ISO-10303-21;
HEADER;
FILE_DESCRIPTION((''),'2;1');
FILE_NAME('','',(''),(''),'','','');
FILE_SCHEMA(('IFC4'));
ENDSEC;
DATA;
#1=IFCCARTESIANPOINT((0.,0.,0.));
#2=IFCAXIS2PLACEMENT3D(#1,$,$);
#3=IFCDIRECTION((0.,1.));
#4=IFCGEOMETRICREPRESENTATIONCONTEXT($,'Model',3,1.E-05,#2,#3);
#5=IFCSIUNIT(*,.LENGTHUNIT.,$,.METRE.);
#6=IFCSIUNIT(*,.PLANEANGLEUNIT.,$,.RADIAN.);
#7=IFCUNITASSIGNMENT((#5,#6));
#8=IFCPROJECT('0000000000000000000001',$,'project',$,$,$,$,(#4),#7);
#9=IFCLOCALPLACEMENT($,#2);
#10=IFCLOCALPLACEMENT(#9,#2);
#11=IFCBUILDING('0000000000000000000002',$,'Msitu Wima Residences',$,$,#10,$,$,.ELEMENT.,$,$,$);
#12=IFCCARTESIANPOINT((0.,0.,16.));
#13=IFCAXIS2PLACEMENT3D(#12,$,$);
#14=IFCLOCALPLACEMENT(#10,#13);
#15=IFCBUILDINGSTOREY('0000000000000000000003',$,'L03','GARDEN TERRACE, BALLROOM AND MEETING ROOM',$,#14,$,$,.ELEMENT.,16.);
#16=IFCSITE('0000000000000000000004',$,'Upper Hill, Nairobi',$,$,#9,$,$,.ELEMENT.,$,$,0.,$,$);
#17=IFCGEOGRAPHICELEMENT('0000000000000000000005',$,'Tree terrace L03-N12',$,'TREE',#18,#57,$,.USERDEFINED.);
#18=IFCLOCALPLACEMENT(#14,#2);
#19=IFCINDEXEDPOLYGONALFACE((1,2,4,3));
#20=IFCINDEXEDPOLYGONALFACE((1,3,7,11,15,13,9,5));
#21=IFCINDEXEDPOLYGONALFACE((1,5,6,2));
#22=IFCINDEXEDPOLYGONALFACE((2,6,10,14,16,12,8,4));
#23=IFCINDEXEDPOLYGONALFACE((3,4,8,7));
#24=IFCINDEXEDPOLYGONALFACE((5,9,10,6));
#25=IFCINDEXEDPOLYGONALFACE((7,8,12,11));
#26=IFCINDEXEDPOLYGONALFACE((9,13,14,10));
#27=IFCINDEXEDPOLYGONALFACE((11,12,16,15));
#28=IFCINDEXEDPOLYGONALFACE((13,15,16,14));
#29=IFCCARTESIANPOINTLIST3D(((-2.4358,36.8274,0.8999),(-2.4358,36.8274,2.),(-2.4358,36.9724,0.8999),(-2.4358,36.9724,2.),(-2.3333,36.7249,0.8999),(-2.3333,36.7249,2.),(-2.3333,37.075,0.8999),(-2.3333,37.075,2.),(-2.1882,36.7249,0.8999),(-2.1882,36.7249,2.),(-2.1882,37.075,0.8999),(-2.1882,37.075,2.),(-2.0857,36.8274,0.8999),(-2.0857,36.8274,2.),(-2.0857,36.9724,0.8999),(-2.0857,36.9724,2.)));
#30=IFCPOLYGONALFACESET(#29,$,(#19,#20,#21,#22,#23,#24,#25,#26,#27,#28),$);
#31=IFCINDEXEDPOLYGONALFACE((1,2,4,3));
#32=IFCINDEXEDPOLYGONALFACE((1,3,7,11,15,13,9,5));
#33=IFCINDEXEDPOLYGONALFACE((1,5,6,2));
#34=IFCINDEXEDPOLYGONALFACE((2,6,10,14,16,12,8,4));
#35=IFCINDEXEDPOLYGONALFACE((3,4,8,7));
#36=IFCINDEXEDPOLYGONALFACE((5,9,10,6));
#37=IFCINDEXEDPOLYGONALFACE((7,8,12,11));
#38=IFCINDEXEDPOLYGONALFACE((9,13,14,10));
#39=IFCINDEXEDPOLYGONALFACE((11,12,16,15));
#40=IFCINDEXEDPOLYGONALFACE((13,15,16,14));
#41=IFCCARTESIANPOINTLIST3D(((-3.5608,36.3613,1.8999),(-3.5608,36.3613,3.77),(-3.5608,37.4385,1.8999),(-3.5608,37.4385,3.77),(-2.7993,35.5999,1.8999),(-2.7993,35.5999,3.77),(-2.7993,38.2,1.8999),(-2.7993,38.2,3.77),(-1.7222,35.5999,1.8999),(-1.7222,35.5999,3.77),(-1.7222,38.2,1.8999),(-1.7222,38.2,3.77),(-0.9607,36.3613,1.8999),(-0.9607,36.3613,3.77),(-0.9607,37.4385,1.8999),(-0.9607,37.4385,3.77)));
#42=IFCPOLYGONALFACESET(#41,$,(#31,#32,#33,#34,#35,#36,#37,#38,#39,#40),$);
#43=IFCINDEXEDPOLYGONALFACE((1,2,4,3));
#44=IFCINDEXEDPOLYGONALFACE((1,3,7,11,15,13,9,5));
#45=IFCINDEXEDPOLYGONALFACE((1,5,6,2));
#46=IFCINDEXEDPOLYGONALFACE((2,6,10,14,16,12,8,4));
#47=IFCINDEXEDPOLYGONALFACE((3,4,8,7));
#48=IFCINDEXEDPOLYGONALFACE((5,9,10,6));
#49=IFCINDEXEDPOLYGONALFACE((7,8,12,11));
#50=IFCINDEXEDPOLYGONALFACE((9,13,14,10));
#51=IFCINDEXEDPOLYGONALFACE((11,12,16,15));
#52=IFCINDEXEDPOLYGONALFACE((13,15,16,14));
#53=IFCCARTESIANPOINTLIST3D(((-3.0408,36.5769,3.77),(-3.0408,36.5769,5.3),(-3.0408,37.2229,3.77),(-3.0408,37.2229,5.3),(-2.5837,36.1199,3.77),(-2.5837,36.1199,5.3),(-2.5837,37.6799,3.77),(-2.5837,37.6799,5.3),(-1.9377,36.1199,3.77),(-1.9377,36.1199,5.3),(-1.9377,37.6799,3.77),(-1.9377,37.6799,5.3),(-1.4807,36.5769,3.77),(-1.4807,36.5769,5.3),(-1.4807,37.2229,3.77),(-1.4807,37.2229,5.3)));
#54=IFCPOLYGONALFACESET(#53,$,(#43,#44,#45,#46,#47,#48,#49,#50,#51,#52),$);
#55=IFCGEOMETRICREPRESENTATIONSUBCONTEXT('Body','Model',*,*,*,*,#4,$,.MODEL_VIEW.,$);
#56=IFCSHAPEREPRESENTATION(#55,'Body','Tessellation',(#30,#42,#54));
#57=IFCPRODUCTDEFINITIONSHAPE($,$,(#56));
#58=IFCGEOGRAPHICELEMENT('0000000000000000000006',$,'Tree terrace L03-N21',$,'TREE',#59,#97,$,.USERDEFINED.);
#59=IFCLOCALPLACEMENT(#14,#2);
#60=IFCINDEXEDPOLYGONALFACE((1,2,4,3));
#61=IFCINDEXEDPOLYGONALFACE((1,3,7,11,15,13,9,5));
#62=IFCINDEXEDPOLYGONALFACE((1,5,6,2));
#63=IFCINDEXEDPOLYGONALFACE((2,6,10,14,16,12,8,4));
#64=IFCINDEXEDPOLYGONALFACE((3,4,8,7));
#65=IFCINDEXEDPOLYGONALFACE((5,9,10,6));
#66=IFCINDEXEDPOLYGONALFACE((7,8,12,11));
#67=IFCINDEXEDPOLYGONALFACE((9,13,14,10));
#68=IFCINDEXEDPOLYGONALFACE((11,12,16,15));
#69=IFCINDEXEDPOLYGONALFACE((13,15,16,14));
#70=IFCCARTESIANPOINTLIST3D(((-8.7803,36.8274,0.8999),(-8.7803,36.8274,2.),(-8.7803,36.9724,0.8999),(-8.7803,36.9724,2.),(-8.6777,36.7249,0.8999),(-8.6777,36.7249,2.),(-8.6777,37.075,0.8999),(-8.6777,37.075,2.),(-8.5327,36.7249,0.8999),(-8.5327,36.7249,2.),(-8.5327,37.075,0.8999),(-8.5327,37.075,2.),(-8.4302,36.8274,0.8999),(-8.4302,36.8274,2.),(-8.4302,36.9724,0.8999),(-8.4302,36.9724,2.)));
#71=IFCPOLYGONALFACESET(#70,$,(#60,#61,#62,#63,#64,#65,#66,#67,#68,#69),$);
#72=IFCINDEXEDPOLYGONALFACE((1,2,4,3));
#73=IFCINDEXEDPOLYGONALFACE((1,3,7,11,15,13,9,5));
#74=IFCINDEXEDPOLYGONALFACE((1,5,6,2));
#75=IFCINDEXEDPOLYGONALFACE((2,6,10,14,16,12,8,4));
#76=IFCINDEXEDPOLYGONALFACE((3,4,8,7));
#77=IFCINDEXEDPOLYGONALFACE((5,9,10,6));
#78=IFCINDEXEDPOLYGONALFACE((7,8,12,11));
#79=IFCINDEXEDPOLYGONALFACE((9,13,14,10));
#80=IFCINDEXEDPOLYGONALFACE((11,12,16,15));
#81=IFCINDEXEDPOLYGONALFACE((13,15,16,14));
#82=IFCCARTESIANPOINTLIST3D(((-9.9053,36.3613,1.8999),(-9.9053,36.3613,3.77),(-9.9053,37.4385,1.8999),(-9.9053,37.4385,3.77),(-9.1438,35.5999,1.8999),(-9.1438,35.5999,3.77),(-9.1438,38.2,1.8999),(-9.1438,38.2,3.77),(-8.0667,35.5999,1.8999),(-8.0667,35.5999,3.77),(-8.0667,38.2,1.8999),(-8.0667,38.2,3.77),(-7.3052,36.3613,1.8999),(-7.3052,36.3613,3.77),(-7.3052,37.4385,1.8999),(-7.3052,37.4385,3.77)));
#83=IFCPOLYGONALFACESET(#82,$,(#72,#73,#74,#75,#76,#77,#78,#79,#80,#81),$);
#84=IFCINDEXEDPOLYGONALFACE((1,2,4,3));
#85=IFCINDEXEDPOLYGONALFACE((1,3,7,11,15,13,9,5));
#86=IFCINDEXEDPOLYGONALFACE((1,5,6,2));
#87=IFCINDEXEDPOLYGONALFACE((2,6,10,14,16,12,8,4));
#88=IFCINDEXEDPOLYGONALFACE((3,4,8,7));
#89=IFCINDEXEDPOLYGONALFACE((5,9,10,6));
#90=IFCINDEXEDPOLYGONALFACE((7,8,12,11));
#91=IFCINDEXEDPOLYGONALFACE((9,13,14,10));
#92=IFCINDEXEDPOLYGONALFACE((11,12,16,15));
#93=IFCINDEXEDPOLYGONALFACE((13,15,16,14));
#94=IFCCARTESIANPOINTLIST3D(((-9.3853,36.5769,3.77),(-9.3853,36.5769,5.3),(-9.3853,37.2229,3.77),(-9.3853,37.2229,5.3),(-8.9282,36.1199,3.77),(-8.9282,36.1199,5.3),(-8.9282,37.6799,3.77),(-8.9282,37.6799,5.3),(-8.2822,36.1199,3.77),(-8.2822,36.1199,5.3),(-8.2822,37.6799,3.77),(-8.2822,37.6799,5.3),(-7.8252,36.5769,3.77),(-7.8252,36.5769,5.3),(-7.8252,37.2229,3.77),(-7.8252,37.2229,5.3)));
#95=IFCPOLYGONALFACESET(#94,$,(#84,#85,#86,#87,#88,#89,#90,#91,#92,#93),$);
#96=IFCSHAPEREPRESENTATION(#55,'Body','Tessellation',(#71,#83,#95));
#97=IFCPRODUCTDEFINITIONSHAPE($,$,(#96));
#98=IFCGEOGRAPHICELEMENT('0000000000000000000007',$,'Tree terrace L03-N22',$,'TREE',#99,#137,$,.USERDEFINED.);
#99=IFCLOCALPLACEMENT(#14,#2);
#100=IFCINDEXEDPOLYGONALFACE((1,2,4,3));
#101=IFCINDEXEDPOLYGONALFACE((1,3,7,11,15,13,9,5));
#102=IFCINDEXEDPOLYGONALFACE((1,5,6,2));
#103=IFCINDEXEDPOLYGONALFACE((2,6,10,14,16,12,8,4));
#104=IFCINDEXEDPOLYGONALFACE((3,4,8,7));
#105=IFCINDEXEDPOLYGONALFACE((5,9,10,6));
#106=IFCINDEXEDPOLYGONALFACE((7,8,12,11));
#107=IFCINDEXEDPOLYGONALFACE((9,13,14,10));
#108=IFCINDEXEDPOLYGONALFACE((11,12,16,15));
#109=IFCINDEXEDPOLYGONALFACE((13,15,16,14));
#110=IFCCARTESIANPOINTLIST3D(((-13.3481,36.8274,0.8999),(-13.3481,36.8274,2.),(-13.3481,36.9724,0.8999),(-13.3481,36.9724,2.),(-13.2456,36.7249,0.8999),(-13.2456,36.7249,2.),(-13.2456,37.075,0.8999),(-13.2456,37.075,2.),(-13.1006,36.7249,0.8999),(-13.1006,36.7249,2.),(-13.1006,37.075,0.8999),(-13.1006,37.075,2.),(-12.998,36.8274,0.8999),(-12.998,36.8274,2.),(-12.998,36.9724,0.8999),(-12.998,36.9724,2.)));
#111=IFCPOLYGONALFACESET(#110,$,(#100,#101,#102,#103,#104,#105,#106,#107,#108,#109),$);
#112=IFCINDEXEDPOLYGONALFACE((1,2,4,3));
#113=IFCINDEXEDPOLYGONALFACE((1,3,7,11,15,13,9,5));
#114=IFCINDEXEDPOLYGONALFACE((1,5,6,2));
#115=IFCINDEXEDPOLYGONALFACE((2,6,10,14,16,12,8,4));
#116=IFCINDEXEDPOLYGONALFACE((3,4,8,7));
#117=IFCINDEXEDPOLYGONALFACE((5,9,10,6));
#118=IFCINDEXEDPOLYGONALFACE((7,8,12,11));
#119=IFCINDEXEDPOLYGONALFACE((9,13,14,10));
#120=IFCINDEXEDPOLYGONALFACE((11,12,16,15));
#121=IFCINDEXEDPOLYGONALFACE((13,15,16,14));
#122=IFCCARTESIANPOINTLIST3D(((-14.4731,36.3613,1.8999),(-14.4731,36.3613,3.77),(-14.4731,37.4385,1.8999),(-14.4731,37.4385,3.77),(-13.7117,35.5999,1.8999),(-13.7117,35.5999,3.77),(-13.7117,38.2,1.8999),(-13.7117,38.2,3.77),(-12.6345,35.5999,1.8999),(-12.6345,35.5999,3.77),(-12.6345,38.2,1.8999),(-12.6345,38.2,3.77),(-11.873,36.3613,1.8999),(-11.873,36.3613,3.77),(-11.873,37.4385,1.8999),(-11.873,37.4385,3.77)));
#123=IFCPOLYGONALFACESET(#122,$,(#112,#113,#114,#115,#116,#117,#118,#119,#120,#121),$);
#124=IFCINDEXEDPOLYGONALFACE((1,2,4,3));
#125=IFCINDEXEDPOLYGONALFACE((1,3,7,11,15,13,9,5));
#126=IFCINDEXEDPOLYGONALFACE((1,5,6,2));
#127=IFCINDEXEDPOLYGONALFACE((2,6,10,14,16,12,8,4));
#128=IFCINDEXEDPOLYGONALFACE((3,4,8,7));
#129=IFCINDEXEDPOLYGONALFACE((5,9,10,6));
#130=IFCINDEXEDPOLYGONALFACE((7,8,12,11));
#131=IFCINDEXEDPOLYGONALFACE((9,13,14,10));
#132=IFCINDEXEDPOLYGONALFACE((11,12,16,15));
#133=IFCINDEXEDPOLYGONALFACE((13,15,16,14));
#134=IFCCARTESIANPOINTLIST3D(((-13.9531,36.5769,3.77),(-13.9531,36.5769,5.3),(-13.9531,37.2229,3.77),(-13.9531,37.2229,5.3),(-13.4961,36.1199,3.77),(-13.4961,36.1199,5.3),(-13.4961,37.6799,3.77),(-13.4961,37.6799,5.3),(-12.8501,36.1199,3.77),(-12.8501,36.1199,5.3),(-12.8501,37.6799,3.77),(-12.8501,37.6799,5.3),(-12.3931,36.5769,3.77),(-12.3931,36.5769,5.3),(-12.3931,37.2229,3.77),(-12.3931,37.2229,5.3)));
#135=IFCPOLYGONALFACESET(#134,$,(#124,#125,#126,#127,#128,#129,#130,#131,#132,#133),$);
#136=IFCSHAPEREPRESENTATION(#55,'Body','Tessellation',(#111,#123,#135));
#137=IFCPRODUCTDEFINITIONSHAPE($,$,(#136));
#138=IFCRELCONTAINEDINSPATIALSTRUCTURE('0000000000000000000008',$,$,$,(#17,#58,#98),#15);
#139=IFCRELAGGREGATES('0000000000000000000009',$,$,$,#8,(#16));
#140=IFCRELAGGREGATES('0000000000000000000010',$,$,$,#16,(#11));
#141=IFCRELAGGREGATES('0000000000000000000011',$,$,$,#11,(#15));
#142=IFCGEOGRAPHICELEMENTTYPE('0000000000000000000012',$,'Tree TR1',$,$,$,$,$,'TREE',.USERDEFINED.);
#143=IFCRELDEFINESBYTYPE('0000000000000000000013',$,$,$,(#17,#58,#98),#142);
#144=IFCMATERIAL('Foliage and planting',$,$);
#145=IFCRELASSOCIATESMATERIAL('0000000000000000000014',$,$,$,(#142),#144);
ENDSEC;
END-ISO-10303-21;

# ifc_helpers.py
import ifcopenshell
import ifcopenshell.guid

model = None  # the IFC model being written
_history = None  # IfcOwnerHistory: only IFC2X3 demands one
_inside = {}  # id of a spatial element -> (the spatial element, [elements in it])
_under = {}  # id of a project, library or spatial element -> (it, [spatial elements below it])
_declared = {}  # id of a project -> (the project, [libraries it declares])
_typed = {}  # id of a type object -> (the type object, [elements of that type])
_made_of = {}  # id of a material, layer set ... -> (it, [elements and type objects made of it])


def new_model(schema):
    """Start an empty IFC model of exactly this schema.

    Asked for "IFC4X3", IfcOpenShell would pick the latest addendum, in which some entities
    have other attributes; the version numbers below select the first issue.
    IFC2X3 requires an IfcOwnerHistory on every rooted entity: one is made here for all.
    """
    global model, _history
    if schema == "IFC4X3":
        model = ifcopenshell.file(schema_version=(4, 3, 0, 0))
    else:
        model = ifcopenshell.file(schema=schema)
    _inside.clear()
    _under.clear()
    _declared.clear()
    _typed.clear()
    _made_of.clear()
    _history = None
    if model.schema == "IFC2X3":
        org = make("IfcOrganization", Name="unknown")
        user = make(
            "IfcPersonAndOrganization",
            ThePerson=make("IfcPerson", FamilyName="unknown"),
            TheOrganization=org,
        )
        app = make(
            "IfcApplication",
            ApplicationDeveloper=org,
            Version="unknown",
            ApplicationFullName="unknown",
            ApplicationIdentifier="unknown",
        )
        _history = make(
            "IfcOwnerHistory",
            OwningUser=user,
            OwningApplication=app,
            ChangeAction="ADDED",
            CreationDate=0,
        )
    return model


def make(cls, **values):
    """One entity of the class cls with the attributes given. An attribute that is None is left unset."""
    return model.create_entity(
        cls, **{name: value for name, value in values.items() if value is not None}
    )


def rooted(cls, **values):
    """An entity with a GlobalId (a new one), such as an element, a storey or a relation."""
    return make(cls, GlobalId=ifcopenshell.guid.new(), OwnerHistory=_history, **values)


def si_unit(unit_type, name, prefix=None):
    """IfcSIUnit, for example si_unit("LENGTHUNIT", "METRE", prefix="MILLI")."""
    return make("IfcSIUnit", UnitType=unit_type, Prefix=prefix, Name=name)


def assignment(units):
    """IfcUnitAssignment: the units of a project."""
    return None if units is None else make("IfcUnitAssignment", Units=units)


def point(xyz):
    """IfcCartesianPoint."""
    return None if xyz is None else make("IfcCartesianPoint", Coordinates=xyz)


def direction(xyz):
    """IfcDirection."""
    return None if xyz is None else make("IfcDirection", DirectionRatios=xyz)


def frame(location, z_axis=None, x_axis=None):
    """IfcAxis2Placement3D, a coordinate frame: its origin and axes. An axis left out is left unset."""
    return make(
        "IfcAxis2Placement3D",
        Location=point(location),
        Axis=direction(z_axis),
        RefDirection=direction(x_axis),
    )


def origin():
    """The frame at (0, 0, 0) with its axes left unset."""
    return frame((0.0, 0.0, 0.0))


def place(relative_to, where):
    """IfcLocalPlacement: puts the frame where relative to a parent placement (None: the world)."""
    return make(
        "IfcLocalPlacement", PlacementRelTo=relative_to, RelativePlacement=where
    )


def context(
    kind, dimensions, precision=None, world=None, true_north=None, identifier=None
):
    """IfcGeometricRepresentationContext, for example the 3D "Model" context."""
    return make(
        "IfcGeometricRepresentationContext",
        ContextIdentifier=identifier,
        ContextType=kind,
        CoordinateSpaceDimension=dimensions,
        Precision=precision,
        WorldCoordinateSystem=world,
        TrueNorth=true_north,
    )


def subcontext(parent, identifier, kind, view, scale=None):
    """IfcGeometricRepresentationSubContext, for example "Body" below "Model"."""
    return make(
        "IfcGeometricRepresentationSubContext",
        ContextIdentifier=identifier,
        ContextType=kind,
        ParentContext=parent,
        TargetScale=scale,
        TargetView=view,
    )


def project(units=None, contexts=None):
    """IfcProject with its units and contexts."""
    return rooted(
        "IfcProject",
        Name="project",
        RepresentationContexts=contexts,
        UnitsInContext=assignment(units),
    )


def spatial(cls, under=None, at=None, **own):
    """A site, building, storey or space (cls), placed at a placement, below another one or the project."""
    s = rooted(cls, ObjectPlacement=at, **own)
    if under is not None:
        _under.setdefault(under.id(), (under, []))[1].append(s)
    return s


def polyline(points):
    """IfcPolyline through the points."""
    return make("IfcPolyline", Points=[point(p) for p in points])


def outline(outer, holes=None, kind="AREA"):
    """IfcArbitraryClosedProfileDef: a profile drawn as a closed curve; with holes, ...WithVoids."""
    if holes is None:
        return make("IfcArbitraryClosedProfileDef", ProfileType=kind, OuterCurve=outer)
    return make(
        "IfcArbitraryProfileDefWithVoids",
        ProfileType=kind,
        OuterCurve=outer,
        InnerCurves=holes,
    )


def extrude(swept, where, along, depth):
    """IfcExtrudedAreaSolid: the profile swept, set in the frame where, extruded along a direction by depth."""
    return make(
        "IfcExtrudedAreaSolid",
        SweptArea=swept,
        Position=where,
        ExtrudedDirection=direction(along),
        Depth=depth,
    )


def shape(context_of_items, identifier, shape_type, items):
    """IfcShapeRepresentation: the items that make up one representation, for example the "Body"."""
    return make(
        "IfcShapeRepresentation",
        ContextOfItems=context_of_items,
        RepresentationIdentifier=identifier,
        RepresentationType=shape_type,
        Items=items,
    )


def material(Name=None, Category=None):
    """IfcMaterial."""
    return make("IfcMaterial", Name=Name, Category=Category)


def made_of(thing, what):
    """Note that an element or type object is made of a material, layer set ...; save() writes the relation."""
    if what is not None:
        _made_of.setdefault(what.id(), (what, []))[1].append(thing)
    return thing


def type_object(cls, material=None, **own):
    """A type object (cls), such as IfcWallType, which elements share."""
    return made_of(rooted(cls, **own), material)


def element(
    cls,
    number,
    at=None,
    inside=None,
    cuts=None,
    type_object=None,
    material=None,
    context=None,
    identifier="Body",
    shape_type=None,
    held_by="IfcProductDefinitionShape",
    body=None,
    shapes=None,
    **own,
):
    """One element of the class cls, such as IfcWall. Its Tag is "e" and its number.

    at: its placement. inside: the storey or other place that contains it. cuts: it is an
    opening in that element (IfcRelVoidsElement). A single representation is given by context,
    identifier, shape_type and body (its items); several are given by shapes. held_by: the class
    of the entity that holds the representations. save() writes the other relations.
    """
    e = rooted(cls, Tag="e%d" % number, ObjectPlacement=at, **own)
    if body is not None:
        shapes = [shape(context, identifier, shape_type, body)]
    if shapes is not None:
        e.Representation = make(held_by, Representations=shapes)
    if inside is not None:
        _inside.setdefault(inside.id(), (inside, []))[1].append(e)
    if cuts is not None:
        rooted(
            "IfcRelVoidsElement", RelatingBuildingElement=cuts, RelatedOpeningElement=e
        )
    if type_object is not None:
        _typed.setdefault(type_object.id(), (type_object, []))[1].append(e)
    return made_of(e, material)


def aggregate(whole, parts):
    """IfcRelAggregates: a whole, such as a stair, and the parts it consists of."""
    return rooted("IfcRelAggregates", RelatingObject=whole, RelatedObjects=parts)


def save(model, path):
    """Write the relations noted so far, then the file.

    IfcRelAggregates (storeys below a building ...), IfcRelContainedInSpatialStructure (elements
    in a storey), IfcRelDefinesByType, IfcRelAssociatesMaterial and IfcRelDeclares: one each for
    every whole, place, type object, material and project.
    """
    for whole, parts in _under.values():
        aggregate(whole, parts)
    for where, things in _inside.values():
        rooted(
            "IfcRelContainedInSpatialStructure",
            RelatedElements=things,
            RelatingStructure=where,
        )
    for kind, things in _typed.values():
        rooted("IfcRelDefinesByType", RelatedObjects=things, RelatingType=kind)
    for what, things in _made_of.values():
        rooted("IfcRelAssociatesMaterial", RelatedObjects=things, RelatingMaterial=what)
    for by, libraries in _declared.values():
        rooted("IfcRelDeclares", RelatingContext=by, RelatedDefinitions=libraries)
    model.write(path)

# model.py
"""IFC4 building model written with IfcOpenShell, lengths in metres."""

from ifc_helpers import new_model, si_unit, direction, frame, origin, place, context, subcontext, project, spatial, polyline, outline, extrude, material, type_object, element, save


model = new_model("IFC4")

# Units and contexts
model_context = context("Model", 3, precision=1e-05, world=origin(), true_north=direction((0.0, 1.0)))
body_context = subcontext(model_context, "Body", "Model", "MODEL_VIEW")
ifc_project = project(units=[si_unit("LENGTHUNIT", "METRE"), si_unit("PLANEANGLEUNIT", "RADIAN")], contexts=[model_context])

# Site, building, storey
site_placement = place(None, origin())
site = spatial("IfcSite", under=ifc_project, at=site_placement, Name="Upper Hill, Nairobi", CompositionType="ELEMENT", RefElevation=0.0)
building_placement = place(site_placement, origin())
building = spatial("IfcBuilding", under=site, at=building_placement, Name="Msitu Wima Residences", CompositionType="ELEMENT")
storey_placement = place(building_placement, frame((0.0, 0.0, 16.0)))
storey = spatial("IfcBuildingStorey", under=building, at=storey_placement, Name="L03", Description="GARDEN TERRACE, BALLROOM AND MEETING ROOM", CompositionType="ELEMENT", Elevation=16.0)

# Geographic elements
ifc_material_1 = material(Name="Foliage and planting")
geographic_element_type = type_object("IfcGeographicElementType", Name="Tree TR1", ElementType="TREE", PredefinedType="USERDEFINED", material=ifc_material_1)
for number, where, z_axis, x_axis, name in (
    (1, (-2.2607, 36.8999, 0.8999), (0.0, 0.0, 1.0), (1.0, 0.0, 0.0), "Tree terrace L03-N12"),
    (2, (-8.6052, 36.8999, 0.8999), (0.0, 0.0, 1.0), (1.0, 0.0, 0.0), "Tree terrace L03-N21"),
    (3, (-13.1731, 36.8999, 0.8999), (0.0, 0.0, 1.0), (1.0, 0.0, 0.0), "Tree terrace L03-N22"),
):
    element("IfcGeographicElement", number, at=place(storey_placement, frame(where, z_axis=z_axis, x_axis=x_axis)), inside=storey, type_object=geographic_element_type, Name=name, ObjectType="TREE", PredefinedType="USERDEFINED", context=body_context, shape_type="SweptSolid", body=[
        extrude(outline(polyline([(0.175, 0.0725), (0.0725, 0.175), (-0.0725, 0.175), (-0.175, 0.0725), (-0.175, -0.0725), (-0.0725, -0.175), (0.0725, -0.175), (0.175, -0.0725), (0.175, 0.0725)])), origin(), (0.0, 0.0, 1.0), 1.1001),
        extrude(outline(polyline([(1.3, 0.5386), (0.5386, 1.3), (-0.5386, 1.3), (-1.3, 0.5386), (-1.3, -0.5386), (-0.5386, -1.3), (0.5386, -1.3), (1.3, -0.5386), (1.3, 0.5386)])), frame((0.0, 0.0, 1.0)), (0.0, 0.0, 1.0), 1.8701),
        extrude(outline(polyline([(0.78, 0.323), (0.323, 0.78), (-0.323, 0.78), (-0.78, 0.323), (-0.78, -0.323), (-0.323, -0.78), (0.323, -0.78), (0.78, -0.323), (0.78, 0.323)])), frame((0.0, 0.0, 2.8701)), (0.0, 0.0, 1.0), 1.53),
    ])

save(model, "model.ifc")
